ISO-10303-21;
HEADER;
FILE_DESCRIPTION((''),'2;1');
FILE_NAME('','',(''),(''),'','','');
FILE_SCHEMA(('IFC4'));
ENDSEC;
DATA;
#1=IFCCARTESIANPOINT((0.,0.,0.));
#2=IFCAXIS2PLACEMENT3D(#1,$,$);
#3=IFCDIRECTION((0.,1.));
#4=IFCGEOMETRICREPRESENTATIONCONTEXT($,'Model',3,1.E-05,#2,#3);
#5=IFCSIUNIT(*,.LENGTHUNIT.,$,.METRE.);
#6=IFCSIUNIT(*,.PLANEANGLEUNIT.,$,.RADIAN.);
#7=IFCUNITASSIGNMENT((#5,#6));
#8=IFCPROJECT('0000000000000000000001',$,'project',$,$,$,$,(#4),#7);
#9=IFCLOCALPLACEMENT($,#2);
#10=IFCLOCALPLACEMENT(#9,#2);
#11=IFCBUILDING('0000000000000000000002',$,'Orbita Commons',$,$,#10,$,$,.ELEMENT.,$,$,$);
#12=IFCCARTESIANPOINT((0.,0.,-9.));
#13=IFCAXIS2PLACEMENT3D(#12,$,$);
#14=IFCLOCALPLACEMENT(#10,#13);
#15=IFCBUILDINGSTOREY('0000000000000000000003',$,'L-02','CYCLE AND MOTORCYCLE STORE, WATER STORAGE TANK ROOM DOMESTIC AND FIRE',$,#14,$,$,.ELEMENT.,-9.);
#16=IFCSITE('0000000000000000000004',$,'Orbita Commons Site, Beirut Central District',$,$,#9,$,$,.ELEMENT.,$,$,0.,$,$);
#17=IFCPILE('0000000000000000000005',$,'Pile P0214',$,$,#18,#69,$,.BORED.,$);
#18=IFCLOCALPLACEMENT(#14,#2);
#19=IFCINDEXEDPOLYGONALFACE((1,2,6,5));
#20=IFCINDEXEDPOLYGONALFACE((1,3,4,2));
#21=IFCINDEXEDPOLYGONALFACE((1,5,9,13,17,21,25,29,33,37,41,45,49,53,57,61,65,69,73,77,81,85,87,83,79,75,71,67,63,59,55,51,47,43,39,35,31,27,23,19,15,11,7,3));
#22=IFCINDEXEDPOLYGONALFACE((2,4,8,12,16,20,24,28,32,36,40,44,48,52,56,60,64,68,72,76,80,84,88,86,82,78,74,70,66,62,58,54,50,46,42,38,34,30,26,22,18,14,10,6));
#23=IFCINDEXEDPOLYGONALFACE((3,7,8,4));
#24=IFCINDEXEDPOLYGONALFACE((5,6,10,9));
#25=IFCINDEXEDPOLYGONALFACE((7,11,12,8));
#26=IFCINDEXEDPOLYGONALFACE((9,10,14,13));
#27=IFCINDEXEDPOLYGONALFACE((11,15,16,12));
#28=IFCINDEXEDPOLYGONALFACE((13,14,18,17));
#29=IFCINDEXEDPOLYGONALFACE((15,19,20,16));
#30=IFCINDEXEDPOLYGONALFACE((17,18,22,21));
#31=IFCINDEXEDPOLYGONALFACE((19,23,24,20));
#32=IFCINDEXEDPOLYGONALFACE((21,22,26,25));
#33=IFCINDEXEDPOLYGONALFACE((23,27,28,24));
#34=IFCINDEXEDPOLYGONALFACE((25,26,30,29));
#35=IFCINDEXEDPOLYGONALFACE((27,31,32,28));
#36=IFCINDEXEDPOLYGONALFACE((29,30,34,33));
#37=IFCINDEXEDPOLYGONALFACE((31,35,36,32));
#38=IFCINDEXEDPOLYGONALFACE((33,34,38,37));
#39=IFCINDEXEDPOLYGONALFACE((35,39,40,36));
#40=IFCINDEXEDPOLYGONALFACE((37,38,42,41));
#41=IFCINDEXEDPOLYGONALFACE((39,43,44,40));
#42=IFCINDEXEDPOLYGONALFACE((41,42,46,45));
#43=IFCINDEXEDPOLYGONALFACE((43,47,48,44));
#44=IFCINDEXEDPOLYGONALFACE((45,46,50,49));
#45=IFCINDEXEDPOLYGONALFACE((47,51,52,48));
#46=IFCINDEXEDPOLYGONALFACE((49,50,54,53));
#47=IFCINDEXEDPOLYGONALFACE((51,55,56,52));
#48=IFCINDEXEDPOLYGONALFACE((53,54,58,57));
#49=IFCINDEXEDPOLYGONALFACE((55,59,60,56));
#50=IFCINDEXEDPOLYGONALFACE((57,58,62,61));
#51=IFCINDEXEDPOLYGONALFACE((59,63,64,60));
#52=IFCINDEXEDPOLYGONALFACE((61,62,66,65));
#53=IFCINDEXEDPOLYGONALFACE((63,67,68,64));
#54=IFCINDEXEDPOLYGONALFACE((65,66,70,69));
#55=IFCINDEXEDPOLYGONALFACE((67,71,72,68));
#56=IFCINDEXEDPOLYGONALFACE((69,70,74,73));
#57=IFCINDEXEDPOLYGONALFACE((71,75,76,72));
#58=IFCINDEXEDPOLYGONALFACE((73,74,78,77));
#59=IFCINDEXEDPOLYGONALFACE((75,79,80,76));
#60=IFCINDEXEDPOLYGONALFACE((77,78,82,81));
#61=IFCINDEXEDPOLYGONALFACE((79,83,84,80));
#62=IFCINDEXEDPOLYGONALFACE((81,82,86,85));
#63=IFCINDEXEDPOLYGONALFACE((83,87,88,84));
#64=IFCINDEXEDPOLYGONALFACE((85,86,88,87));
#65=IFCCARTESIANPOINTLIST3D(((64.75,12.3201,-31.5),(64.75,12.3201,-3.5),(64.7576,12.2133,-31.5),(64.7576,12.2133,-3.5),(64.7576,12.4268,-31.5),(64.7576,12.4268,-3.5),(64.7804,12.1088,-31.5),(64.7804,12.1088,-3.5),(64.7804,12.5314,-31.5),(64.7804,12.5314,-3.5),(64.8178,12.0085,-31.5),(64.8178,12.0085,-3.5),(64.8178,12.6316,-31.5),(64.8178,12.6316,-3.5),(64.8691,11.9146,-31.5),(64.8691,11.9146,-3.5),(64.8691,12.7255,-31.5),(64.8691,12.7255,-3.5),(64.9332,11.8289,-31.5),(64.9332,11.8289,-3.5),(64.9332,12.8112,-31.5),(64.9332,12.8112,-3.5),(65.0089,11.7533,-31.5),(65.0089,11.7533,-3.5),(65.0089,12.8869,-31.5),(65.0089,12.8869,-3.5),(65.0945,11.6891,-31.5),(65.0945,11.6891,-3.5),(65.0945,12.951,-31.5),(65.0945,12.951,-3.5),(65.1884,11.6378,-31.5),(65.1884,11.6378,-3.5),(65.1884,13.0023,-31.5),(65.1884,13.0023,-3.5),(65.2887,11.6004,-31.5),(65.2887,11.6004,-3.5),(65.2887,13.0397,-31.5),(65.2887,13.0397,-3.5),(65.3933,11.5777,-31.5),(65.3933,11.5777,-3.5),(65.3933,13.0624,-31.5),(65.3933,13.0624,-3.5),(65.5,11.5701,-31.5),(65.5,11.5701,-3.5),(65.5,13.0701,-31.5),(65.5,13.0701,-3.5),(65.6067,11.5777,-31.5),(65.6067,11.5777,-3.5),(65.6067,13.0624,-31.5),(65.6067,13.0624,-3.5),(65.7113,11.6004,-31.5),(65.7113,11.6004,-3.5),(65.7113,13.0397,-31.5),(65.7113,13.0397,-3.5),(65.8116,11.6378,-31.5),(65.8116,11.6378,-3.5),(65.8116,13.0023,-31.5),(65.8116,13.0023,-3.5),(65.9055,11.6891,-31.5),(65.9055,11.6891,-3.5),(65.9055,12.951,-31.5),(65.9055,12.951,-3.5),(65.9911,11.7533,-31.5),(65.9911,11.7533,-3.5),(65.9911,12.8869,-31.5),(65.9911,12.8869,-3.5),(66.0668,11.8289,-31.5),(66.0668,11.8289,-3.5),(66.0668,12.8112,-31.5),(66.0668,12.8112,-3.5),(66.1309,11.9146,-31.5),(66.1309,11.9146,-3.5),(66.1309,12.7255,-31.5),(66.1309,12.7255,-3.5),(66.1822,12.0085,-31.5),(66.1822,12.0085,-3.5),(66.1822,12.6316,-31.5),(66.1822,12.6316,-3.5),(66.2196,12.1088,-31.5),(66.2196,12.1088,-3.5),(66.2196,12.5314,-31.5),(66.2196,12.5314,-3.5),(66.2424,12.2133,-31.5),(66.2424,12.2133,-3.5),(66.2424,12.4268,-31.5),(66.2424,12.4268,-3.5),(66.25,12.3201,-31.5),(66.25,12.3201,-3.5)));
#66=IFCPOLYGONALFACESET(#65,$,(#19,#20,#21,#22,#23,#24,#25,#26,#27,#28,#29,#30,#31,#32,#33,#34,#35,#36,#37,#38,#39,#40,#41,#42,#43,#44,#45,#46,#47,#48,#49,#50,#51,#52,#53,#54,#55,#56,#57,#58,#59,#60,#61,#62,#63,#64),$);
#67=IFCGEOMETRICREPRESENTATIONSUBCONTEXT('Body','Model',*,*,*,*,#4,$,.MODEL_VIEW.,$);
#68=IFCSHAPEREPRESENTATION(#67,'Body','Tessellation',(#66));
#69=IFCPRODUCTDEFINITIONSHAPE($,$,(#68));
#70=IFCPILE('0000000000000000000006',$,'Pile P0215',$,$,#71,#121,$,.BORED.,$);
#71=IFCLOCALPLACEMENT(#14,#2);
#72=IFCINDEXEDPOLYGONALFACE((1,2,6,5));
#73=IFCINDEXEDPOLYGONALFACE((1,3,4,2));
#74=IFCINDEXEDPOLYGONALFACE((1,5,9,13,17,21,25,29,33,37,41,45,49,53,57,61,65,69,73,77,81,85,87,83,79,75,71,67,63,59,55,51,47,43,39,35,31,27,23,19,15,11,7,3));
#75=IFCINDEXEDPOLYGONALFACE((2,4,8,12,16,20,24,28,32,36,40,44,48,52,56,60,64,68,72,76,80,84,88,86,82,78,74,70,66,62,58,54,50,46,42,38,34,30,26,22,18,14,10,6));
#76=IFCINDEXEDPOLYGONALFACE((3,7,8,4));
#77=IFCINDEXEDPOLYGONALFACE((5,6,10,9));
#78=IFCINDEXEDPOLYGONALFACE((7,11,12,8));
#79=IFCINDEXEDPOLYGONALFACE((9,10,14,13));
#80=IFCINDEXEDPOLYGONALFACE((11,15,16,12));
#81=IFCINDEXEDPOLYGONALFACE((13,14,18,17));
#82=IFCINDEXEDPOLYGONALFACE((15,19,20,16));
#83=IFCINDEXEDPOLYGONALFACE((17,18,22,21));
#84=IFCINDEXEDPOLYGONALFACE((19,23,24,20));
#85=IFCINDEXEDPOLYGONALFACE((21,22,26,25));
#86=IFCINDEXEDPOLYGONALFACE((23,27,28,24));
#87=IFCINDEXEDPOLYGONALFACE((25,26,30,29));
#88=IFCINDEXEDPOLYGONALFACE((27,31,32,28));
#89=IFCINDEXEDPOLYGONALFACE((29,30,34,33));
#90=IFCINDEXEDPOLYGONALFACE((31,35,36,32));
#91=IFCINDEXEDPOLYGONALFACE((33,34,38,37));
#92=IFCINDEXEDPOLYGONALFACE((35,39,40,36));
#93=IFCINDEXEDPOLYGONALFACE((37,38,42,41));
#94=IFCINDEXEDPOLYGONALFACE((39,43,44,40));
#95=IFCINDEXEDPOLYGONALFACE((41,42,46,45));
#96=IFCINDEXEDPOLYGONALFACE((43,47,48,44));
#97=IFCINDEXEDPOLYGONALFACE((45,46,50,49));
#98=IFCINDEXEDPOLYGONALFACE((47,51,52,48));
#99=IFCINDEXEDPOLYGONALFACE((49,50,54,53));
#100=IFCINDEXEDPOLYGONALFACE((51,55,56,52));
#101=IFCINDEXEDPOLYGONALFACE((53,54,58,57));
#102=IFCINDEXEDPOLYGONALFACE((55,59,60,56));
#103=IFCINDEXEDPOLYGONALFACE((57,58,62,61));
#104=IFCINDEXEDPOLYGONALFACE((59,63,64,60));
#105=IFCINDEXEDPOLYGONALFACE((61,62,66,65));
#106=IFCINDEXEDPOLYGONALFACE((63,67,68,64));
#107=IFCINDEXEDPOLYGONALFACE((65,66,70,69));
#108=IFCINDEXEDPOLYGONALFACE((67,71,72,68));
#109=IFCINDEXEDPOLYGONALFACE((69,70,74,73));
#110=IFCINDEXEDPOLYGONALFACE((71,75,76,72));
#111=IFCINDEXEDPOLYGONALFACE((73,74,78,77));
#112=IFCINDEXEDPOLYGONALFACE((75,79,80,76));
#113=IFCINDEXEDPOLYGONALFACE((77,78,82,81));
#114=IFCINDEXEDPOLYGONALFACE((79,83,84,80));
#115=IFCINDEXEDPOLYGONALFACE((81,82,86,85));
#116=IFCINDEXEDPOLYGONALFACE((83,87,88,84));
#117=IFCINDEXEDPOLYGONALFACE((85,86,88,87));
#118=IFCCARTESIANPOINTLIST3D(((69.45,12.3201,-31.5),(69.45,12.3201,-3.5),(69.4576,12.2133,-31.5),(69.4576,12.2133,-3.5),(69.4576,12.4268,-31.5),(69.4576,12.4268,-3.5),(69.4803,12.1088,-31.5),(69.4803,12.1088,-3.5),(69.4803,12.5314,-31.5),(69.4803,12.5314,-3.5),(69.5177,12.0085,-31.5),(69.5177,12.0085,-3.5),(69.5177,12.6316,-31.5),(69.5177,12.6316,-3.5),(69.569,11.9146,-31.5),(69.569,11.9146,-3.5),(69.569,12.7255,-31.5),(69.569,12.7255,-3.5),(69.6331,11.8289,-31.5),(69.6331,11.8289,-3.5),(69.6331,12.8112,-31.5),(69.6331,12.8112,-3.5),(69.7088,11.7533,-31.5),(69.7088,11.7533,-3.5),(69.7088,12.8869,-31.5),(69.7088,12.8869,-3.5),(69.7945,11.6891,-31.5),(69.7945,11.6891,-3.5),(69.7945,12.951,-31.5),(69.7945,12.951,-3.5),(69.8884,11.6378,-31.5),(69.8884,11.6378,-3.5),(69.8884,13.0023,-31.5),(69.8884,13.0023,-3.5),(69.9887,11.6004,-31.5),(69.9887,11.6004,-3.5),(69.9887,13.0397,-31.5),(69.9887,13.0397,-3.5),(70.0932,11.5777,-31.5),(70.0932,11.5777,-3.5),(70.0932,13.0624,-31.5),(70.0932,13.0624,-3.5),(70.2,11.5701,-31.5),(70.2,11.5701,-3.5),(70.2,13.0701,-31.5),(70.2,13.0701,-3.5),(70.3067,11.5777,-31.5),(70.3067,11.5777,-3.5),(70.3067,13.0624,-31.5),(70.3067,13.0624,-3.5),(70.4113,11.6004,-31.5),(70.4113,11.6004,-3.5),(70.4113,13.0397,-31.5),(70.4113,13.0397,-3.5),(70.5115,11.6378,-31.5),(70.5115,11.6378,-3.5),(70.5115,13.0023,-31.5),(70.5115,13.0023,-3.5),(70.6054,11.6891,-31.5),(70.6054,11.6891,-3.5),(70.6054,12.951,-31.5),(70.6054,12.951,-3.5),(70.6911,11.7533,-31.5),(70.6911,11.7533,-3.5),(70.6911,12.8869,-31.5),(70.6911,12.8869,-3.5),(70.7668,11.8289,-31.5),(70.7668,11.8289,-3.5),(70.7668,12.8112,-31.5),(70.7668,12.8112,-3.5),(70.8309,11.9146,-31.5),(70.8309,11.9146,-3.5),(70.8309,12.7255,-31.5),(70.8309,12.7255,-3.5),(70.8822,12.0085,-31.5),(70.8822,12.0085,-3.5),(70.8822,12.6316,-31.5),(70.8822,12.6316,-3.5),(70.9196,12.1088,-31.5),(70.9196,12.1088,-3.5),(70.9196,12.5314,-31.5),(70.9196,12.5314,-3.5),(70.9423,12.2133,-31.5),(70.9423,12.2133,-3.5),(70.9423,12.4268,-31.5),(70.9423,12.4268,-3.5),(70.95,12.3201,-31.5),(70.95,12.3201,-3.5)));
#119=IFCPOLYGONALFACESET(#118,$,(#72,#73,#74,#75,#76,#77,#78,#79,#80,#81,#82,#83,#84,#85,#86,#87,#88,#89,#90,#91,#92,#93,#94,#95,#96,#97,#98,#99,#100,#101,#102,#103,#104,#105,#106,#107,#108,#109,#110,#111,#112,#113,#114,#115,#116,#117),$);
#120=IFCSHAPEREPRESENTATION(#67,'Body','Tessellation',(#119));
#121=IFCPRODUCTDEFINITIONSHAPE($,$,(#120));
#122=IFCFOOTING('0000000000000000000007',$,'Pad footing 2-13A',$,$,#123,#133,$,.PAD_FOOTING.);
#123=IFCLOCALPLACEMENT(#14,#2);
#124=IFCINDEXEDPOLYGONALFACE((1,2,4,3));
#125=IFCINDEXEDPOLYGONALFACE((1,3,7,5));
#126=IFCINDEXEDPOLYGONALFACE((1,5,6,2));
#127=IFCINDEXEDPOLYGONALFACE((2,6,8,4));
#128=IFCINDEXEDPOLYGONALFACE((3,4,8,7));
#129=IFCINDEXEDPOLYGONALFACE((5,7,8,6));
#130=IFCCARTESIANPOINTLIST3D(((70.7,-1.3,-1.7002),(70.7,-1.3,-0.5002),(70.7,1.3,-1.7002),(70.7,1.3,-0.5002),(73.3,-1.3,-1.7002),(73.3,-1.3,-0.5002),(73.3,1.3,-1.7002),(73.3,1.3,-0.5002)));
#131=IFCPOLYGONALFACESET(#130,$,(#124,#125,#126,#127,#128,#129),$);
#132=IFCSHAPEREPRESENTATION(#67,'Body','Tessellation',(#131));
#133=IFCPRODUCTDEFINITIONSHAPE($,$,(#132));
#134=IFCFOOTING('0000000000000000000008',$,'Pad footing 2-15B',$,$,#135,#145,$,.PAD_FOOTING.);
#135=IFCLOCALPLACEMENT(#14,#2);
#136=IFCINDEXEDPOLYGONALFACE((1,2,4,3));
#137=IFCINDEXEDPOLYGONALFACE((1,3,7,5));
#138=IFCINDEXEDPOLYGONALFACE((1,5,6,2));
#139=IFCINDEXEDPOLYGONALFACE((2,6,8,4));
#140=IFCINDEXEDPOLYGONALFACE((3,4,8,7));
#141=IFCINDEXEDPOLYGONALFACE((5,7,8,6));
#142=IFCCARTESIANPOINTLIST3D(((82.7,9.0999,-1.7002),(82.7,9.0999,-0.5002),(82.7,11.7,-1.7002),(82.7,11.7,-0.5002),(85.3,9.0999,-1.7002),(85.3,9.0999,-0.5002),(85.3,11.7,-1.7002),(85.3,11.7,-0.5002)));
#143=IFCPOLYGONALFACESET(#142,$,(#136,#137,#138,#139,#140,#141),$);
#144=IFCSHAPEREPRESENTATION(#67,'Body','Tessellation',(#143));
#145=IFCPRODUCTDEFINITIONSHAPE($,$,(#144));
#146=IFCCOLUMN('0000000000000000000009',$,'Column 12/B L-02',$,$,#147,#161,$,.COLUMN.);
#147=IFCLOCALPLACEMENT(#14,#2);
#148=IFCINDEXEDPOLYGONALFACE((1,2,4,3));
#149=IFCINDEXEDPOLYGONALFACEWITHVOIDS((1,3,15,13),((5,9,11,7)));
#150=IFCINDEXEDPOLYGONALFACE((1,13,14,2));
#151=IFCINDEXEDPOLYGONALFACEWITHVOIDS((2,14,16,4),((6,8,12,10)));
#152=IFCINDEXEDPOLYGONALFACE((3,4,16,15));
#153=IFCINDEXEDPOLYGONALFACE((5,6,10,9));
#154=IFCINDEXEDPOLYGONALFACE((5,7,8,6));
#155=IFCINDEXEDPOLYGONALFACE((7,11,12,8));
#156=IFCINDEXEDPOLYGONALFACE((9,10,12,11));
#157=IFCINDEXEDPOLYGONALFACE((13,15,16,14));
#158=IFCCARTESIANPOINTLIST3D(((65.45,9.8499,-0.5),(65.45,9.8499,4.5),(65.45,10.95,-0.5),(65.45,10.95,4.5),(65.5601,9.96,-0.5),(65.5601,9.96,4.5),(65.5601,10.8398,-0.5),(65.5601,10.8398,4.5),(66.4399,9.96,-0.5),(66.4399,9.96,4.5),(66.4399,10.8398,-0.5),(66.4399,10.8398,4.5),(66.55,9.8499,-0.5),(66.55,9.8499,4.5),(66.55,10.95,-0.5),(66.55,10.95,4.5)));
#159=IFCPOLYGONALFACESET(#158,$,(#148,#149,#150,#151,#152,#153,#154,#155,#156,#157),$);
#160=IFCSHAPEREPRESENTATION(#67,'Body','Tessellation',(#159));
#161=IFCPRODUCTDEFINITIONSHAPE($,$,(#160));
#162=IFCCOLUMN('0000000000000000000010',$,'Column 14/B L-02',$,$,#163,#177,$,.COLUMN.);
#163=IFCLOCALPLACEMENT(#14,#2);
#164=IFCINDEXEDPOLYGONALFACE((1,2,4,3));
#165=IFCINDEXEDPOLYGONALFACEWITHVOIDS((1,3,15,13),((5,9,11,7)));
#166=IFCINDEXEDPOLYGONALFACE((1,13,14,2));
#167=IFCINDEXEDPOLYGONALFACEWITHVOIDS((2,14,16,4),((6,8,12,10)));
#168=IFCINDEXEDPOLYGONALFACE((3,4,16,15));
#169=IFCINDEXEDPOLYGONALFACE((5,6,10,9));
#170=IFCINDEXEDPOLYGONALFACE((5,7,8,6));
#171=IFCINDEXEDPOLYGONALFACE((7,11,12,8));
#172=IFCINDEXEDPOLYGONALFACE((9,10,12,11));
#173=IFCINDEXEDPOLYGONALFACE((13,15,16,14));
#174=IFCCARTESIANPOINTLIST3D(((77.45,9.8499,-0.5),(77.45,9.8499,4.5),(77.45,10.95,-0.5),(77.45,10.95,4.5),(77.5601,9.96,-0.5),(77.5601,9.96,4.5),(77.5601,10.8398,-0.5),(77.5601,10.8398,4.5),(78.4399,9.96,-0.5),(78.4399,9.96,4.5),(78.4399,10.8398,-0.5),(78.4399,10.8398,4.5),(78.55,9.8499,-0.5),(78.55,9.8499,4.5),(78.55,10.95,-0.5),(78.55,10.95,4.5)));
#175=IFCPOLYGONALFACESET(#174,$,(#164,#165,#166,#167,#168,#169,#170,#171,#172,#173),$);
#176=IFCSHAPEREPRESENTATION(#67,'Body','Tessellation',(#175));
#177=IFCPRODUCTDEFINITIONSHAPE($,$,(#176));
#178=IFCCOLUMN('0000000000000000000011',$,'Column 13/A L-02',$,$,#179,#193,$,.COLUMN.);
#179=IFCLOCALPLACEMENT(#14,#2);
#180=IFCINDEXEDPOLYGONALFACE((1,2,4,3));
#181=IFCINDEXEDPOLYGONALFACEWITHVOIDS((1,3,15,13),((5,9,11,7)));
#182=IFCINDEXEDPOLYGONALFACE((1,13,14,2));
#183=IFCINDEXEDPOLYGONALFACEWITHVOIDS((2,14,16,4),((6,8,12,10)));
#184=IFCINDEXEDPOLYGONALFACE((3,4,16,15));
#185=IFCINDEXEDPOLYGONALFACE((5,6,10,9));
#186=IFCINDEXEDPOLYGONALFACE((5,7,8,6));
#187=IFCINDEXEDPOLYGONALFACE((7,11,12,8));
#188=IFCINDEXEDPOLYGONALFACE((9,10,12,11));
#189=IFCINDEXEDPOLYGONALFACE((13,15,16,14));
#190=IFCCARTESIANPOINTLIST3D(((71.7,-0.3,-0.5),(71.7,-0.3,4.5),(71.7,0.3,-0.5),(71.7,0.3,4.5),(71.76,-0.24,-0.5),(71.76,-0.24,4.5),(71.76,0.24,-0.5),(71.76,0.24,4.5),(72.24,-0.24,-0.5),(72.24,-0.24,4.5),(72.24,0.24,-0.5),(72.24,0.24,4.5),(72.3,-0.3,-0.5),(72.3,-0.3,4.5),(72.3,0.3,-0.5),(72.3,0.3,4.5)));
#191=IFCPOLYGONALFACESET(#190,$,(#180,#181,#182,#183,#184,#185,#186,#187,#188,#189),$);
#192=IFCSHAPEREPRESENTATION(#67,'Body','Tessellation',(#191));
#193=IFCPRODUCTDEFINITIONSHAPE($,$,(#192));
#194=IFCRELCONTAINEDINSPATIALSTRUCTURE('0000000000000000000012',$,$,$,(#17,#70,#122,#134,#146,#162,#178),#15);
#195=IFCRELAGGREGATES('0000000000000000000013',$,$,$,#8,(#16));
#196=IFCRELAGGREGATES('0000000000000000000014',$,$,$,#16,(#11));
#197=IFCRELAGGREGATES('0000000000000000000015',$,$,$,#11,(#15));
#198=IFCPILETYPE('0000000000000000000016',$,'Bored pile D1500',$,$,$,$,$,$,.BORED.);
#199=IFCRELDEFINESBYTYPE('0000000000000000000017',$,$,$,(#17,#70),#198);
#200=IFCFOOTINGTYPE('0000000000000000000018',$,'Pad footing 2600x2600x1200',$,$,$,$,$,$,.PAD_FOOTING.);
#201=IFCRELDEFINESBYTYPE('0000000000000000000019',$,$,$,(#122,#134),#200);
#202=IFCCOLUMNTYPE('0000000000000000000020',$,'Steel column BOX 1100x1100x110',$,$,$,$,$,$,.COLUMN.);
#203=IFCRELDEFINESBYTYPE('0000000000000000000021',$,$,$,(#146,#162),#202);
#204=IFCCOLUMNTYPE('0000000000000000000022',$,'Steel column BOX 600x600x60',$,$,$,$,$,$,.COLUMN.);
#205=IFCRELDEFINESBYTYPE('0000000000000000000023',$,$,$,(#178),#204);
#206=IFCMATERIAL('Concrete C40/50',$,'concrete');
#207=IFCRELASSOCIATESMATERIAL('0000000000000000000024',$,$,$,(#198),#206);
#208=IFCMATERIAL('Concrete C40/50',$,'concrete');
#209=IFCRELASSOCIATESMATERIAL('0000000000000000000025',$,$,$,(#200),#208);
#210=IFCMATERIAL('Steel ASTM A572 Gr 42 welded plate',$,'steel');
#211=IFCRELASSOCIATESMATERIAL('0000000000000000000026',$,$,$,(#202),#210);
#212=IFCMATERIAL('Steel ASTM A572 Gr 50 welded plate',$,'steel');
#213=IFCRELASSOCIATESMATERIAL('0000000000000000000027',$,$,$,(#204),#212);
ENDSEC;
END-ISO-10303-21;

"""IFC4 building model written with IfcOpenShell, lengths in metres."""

from ifc_helpers import new_model, si_unit, direction, frame, origin, origin_2d, place, context, subcontext, project, spatial, rectangle, hollow_rectangle, circle, extrude, material, material_profile, profile_set, type_object, element, save


model = new_model("IFC4")

# Units and contexts
model_context = context("Model", 3, precision=1e-05, world=origin(), true_north=direction((0.0, 1.0)))
body_context = subcontext(model_context, "Body", "Model", "MODEL_VIEW")
ifc_project = project(units=[si_unit("LENGTHUNIT", "METRE"), si_unit("PLANEANGLEUNIT", "RADIAN")], contexts=[model_context])

# Site, building, storey
site_placement = place(None, origin())
site = spatial("IfcSite", under=ifc_project, at=site_placement, Name="Orbita Commons Site, Beirut Central District", CompositionType="ELEMENT", RefElevation=0.0)
building_placement = place(site_placement, origin())
building = spatial("IfcBuilding", under=site, at=building_placement, Name="Orbita Commons", CompositionType="ELEMENT")
storey_placement = place(building_placement, frame((0.0, 0.0, -9.0)))
storey = spatial("IfcBuildingStorey", under=building, at=storey_placement, Name="L-02", Description="CYCLE AND MOTORCYCLE STORE, WATER STORAGE TANK ROOM DOMESTIC AND FIRE", CompositionType="ELEMENT", Elevation=-9.0)

# Piles
ifc_material_1 = material(Name="Concrete C40/50", Category="concrete")
ifc_material_profile_1 = material_profile(ifc_material_1, circle(Radius=0.75, at=origin_2d()), Name="RC D1500")
ifc_profile_set_1 = profile_set([ifc_material_profile_1], Name="Concrete C40/50")
pile_type = type_object("IfcPileType", Name="Bored pile D1500", PredefinedType="BORED", material=ifc_profile_set_1)
for number, where, z_axis, x_axis, name in (
    (1, (65.5, 12.3201, -3.5), (0.0, 0.0, -1.0), (1.0, 0.0, 0.0), "Pile P0214"),
    (2, (70.2, 12.3201, -3.5), (0.0, 0.0, -1.0), (1.0, 0.0, 0.0), "Pile P0215"),
):
    element("IfcPile", number, at=place(storey_placement, frame(where, z_axis=z_axis, x_axis=x_axis)), inside=storey, type_object=pile_type, Name=name, PredefinedType="BORED", context=body_context, shape_type="SweptSolid", body=[
        extrude(circle(Radius=0.75, at=origin_2d()), origin(), (0.0, 0.0, 1.0), 28.0),
    ])

# Footings
ifc_material_2 = material(Name="Concrete C40/50", Category="concrete")
footing_type = type_object("IfcFootingType", Name="Pad footing 2600x2600x1200", PredefinedType="PAD_FOOTING", material=ifc_material_2)
for number, where, z_axis, x_axis, name in (
    (3, (72.0, 0.0, -1.7002), (0.0, 0.0, 1.0), (1.0, 0.0, 0.0), "Pad footing 2-13A"),
    (4, (84.0, 10.3999, -1.7002), (0.0, 0.0, 1.0), (1.0, 0.0, 0.0), "Pad footing 2-15B"),
):
    element("IfcFooting", number, at=place(storey_placement, frame(where, z_axis=z_axis, x_axis=x_axis)), inside=storey, type_object=footing_type, Name=name, PredefinedType="PAD_FOOTING", context=body_context, shape_type="SweptSolid", body=[
        extrude(rectangle(XDim=2.6001, YDim=2.6001, at=origin_2d()), origin(), (0.0, 0.0, 1.0), 1.2),
    ])

# Columns
ifc_material_3 = material(Name="Steel ASTM A572 Gr 42 welded plate", Category="steel")
ifc_material_profile_2 = material_profile(ifc_material_3, hollow_rectangle(XDim=1.1001, YDim=1.1001, WallThickness=0.1101, at=origin_2d()), Name="BOX 1100x1100x110")
ifc_profile_set_2 = profile_set([ifc_material_profile_2], Name="Steel ASTM A572 Gr 42 welded plate")
column_type_1 = type_object("IfcColumnType", Name="Steel column BOX 1100x1100x110", PredefinedType="COLUMN", material=ifc_profile_set_2)
for number, where, z_axis, x_axis, name in (
    (5, (66.0, 10.3999, -0.5), (0.0, 0.0, 1.0), (1.0, 0.0, 0.0), "Column 12/B L-02"),
    (6, (78.0, 10.3999, -0.5), (0.0, 0.0, 1.0), (1.0, 0.0, 0.0), "Column 14/B L-02"),
):
    element("IfcColumn", number, at=place(storey_placement, frame(where, z_axis=z_axis, x_axis=x_axis)), inside=storey, type_object=column_type_1, Name=name, PredefinedType="COLUMN", context=body_context, shape_type="SweptSolid", body=[
        extrude(hollow_rectangle(XDim=1.1001, YDim=1.1001, WallThickness=0.1101, at=origin_2d()), origin(), (0.0, 0.0, 1.0), 5.0),
    ])
ifc_material_4 = material(Name="Steel ASTM A572 Gr 50 welded plate", Category="steel")
ifc_material_profile_3 = material_profile(ifc_material_4, hollow_rectangle(XDim=0.6001, YDim=0.6001, WallThickness=0.0601, at=origin_2d()), Name="BOX 600x600x60")
ifc_profile_set_3 = profile_set([ifc_material_profile_3], Name="Steel ASTM A572 Gr 50 welded plate")
column_type_2 = type_object("IfcColumnType", Name="Steel column BOX 600x600x60", PredefinedType="COLUMN", material=ifc_profile_set_3)
for number, where, z_axis, x_axis, name in (
    (7, (72.0, 0.0, -0.5), (0.0, 0.0, 1.0), (1.0, 0.0, 0.0), "Column 13/A L-02"),
):
    element("IfcColumn", number, at=place(storey_placement, frame(where, z_axis=z_axis, x_axis=x_axis)), inside=storey, type_object=column_type_2, Name=name, PredefinedType="COLUMN", context=body_context, shape_type="SweptSolid", body=[
        extrude(hollow_rectangle(XDim=0.6001, YDim=0.6001, WallThickness=0.0601, at=origin_2d()), origin(), (0.0, 0.0, 1.0), 5.0),
    ])

save(model, "model.ifc")
